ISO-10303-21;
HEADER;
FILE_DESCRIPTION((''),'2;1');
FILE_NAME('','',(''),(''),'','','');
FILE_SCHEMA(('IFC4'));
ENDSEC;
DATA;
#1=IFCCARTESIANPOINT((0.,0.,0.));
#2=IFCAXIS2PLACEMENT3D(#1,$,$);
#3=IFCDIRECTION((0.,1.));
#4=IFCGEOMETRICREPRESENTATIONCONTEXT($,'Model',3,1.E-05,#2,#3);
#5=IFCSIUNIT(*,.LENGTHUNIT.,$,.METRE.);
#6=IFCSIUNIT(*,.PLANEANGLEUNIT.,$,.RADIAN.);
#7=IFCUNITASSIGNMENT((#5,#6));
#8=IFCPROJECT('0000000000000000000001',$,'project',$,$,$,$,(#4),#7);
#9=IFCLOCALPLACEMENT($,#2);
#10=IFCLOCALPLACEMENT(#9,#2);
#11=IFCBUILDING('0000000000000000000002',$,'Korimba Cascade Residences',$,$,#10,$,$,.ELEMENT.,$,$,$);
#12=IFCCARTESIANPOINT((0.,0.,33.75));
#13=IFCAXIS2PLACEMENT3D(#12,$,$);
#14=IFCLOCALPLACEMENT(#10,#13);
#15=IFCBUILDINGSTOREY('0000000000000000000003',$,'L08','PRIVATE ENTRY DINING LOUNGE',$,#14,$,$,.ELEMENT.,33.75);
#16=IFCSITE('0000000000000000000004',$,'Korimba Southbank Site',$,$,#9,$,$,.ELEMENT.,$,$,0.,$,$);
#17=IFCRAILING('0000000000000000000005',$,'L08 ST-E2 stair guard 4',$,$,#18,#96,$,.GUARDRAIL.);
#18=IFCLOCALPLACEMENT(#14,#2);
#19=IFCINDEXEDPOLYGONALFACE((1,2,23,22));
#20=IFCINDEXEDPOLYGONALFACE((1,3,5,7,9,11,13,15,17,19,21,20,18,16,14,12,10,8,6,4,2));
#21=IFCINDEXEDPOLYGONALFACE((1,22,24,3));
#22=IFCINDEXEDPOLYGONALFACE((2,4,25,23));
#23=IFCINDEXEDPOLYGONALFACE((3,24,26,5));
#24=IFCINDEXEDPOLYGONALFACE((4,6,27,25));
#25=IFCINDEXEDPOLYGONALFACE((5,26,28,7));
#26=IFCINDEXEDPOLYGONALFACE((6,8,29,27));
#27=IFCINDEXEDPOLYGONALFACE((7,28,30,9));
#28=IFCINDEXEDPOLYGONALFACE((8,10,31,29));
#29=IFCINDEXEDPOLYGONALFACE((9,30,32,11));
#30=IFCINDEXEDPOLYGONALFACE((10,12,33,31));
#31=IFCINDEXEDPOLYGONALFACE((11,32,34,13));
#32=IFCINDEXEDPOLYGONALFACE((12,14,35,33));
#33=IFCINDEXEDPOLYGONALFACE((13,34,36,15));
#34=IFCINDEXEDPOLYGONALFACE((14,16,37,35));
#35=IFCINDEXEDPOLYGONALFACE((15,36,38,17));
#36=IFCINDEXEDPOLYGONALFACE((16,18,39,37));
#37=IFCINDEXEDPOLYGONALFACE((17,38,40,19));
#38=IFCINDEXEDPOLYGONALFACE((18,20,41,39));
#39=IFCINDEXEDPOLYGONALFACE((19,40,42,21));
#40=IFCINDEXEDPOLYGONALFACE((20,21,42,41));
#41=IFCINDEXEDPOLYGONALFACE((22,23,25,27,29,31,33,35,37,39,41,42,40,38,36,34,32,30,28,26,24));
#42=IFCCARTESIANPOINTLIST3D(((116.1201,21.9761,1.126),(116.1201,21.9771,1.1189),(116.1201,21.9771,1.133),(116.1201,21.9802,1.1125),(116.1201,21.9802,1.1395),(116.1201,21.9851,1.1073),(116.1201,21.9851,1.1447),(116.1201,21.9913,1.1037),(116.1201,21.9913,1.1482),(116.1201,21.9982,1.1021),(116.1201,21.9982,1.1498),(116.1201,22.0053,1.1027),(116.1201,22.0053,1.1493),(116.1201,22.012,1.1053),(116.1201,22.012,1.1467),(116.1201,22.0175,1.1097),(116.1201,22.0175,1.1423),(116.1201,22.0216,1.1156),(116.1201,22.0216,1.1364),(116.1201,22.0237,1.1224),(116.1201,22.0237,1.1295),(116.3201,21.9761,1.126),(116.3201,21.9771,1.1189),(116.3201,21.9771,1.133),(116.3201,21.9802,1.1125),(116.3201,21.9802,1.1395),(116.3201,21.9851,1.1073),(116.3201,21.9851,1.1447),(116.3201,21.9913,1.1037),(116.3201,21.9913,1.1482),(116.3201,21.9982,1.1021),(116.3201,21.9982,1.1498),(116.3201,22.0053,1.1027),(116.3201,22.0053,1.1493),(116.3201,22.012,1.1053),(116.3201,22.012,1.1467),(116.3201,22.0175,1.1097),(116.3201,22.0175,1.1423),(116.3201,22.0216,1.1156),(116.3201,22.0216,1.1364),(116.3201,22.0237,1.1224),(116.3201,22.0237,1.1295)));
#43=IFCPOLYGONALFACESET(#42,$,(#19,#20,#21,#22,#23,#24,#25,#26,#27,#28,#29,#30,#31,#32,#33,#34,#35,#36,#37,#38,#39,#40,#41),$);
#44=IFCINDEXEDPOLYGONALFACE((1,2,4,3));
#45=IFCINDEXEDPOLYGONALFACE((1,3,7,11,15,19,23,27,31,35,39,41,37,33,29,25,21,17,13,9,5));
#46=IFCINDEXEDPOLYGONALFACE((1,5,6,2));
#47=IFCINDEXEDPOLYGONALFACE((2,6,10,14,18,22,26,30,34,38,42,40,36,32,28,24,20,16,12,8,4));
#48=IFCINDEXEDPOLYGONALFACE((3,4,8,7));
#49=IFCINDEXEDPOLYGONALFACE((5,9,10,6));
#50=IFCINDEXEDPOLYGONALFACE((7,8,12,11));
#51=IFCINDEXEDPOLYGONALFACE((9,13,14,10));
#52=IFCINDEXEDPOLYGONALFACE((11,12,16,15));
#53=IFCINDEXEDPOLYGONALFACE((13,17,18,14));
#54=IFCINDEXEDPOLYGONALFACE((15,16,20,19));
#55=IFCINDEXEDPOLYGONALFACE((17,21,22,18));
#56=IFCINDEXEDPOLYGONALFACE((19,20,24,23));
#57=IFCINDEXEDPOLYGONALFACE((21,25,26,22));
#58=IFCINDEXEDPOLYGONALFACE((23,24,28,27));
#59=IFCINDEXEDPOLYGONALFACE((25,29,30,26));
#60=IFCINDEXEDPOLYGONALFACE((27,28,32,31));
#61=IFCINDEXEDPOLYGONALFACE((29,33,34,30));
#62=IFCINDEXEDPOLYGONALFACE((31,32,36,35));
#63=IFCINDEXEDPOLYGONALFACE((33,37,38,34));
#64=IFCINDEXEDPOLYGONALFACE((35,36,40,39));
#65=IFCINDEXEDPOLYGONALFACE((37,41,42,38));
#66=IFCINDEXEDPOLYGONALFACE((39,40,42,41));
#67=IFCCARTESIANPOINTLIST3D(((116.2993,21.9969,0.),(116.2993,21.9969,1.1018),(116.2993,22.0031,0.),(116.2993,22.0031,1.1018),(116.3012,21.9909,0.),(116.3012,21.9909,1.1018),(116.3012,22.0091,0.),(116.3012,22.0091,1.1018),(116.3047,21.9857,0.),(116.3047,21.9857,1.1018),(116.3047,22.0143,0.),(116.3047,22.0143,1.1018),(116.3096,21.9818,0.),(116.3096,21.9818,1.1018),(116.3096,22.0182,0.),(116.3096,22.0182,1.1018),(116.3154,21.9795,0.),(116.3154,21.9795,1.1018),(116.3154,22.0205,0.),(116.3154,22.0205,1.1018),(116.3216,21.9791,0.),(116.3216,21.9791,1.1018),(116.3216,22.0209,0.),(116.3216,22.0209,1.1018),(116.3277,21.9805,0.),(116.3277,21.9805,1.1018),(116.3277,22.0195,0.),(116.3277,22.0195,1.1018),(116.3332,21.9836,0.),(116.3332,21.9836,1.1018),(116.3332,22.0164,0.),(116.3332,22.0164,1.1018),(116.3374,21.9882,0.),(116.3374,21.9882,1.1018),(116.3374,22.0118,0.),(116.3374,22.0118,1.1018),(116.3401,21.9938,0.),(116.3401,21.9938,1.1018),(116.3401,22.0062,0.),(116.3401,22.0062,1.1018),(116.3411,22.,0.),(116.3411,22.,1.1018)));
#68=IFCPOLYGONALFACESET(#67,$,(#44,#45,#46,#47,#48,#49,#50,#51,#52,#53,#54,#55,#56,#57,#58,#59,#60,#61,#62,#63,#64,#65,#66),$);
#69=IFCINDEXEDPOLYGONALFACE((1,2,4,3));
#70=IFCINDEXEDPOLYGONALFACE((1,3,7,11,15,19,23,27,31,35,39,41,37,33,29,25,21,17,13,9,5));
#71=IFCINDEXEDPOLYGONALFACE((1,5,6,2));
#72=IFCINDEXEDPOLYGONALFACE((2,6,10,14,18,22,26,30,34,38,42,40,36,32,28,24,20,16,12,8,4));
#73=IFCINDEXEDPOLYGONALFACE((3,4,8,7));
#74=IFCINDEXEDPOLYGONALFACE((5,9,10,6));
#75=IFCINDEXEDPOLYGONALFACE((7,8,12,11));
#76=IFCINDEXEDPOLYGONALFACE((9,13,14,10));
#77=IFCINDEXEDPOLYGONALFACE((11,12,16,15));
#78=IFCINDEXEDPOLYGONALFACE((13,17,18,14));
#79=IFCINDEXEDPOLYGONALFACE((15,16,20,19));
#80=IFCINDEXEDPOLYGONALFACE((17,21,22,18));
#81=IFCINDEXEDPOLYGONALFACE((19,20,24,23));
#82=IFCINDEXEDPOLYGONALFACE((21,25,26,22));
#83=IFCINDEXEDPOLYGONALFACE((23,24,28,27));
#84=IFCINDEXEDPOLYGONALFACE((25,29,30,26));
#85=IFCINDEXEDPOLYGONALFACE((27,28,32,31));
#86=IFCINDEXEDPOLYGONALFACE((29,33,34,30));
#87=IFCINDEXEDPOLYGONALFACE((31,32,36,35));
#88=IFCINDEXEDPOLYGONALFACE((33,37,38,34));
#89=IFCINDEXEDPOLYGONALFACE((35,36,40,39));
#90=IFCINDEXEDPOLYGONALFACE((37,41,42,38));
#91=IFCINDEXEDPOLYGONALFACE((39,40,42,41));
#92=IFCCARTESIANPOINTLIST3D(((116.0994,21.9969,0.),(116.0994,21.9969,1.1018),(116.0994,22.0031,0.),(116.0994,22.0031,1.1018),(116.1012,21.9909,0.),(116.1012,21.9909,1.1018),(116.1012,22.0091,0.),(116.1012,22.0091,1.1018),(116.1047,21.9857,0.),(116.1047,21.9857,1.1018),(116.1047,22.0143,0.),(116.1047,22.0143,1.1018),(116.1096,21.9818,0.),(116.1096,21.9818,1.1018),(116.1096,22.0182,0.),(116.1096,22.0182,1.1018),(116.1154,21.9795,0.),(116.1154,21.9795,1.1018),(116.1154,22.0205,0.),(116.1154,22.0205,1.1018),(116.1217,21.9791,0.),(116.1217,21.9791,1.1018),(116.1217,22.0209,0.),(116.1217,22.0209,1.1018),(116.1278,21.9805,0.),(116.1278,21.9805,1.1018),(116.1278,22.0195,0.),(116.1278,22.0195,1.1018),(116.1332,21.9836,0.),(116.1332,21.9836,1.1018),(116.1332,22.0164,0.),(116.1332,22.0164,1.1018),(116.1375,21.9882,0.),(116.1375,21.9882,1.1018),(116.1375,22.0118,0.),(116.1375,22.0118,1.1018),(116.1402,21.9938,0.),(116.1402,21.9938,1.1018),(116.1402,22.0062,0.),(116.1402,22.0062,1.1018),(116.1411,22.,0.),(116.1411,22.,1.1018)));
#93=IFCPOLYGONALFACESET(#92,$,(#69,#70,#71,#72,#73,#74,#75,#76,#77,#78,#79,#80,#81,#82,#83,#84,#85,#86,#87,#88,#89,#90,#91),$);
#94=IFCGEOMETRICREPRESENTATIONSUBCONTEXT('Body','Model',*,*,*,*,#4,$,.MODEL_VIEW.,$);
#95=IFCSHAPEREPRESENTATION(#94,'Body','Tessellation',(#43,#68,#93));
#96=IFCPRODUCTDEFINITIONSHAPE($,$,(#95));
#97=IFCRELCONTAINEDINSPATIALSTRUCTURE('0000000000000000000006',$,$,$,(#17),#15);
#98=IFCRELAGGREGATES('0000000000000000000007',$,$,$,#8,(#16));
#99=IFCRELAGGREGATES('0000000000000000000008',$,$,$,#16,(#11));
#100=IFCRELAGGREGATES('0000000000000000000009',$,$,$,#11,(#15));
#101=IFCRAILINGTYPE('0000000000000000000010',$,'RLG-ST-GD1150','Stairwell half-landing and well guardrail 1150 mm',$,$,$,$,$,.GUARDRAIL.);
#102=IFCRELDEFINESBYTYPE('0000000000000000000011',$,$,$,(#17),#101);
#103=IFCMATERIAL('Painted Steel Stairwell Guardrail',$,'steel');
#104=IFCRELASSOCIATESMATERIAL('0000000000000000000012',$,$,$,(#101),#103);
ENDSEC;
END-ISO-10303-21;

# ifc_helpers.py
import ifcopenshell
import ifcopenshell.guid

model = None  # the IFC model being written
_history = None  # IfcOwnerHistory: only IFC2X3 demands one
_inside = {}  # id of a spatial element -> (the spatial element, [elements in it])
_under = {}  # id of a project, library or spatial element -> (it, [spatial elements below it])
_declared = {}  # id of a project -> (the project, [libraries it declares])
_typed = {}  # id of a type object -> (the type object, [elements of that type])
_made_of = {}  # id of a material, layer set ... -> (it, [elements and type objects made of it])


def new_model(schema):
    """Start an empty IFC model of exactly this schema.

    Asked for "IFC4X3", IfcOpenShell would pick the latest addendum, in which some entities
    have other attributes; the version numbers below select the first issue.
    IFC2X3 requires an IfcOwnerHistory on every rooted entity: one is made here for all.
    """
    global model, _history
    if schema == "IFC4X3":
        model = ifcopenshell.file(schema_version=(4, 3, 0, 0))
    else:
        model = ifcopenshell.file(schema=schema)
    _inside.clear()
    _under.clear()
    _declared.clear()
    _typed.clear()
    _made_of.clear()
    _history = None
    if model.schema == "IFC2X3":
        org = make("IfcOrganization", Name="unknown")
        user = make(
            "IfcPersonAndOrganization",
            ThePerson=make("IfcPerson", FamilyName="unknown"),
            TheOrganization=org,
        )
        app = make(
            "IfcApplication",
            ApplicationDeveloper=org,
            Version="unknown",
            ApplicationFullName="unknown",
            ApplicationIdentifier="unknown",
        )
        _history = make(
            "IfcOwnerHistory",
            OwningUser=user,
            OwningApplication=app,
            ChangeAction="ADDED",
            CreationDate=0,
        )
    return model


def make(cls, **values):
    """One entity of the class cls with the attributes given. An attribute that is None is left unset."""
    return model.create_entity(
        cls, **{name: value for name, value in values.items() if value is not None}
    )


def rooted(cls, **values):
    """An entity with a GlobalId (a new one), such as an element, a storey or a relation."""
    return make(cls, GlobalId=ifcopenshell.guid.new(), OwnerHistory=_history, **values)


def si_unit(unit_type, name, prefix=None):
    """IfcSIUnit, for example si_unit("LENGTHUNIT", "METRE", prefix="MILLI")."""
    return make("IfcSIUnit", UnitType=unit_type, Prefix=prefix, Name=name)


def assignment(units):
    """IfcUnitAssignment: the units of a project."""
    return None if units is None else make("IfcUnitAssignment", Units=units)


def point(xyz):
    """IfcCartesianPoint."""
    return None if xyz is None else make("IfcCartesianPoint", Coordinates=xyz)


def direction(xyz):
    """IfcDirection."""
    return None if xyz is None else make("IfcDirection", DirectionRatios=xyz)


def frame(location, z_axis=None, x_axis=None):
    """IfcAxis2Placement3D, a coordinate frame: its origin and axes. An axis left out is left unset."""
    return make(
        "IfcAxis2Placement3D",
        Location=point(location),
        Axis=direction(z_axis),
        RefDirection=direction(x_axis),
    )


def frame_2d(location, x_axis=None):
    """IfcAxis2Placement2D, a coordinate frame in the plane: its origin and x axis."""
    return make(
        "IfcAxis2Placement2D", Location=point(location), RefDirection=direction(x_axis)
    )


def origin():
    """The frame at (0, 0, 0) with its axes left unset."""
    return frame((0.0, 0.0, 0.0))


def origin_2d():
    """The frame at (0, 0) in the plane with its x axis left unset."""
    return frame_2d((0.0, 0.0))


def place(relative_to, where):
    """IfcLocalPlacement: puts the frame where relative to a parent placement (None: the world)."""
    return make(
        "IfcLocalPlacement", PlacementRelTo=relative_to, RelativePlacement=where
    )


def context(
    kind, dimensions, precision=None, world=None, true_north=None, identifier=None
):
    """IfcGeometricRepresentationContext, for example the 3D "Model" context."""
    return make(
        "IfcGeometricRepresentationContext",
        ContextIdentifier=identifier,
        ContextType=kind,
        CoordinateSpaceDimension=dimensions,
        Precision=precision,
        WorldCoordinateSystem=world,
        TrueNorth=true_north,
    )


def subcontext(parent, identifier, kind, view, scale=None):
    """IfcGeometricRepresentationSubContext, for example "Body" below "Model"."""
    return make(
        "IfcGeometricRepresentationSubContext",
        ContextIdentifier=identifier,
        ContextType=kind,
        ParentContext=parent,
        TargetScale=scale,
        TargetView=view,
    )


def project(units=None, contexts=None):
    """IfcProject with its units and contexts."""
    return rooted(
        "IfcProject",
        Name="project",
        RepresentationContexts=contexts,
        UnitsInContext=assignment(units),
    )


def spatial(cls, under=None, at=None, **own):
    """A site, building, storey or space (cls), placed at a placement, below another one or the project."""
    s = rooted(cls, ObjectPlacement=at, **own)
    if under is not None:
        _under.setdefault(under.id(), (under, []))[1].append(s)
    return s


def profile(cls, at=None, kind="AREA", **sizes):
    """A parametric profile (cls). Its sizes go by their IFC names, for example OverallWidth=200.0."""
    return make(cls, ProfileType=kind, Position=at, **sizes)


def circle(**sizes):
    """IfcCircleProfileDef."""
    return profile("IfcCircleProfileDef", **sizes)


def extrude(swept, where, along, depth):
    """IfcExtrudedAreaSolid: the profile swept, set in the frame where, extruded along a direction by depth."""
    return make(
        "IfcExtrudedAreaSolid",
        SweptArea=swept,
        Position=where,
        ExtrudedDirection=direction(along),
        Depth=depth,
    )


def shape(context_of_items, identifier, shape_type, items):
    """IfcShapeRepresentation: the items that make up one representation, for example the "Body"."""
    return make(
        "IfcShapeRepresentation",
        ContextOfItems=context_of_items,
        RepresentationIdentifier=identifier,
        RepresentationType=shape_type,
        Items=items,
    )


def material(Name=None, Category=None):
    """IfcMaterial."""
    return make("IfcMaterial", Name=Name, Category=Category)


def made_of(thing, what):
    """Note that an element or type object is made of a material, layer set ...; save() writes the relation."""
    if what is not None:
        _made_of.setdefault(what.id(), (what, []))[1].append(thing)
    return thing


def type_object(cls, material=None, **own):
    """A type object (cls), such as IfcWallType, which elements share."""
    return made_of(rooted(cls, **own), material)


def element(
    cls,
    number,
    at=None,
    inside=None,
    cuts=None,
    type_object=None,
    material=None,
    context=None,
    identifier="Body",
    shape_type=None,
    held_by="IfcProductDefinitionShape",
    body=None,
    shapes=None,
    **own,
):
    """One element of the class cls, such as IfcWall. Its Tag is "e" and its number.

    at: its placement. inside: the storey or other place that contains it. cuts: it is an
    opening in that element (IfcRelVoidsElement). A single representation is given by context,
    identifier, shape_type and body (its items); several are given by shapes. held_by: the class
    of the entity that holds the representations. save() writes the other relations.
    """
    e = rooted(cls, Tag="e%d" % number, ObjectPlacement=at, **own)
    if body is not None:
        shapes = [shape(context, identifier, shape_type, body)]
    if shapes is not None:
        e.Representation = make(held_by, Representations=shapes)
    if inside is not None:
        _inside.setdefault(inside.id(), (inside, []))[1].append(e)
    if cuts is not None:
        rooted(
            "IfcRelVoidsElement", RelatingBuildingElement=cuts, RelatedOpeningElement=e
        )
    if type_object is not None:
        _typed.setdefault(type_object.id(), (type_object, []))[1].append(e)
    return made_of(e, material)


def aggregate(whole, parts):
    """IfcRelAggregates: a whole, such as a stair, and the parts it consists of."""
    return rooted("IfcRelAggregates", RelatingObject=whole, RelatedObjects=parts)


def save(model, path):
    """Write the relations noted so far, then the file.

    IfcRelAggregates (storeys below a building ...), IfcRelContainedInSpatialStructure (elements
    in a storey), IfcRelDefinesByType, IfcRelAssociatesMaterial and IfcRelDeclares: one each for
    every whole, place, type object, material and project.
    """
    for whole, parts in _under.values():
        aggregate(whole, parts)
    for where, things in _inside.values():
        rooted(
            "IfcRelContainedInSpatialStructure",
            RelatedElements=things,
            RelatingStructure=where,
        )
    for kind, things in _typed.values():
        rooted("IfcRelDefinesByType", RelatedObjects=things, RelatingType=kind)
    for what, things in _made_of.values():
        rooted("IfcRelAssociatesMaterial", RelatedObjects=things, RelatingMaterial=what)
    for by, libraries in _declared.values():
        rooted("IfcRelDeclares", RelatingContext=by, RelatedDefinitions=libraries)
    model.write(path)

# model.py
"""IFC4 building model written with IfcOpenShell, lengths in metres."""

from ifc_helpers import new_model, si_unit, direction, frame, origin, origin_2d, place, context, subcontext, project, spatial, circle, extrude, material, type_object, element, save


model = new_model("IFC4")

# Units and contexts
model_context = context("Model", 3, precision=1e-05, world=origin(), true_north=direction((0.0, 1.0)))
body_context = subcontext(model_context, "Body", "Model", "MODEL_VIEW")
ifc_project = project(units=[si_unit("LENGTHUNIT", "METRE"), si_unit("PLANEANGLEUNIT", "RADIAN")], contexts=[model_context])

# Site, building, storey
site_placement = place(None, origin())
site = spatial("IfcSite", under=ifc_project, at=site_placement, Name="Korimba Southbank Site", CompositionType="ELEMENT", RefElevation=0.0)
building_placement = place(site_placement, origin())
building = spatial("IfcBuilding", under=site, at=building_placement, Name="Korimba Cascade Residences", CompositionType="ELEMENT")
storey_placement = place(building_placement, frame((0.0, 0.0, 33.75)))
storey = spatial("IfcBuildingStorey", under=building, at=storey_placement, Name="L08", Description="PRIVATE ENTRY DINING LOUNGE", CompositionType="ELEMENT", Elevation=33.75)

# Railing
ifc_material_1 = material(Name="Painted Steel Stairwell Guardrail", Category="steel")
railing_type_1 = type_object("IfcRailingType", Name="RLG-ST-GD1150", Description="Stairwell half-landing and well guardrail 1150 mm", PredefinedType="GUARDRAIL", material=ifc_material_1)
railing_1_placement = place(storey_placement, frame((116.3201, 22.0, 0.0)))
element("IfcRailing", 1, at=railing_1_placement, inside=storey, type_object=railing_type_1, Name="L08 ST-E2 stair guard 4", PredefinedType="GUARDRAIL", context=body_context, shape_type="SweptSolid", body=[
    extrude(circle(Radius=0.0239, at=origin_2d()), frame((0.0, 0.0, 1.126), z_axis=(-1.0, 0.0, 0.0), x_axis=(0.0, -1.0, 0.0)), (0.0, 0.0, 1.0), 0.2),
    extrude(circle(Radius=0.021, at=origin_2d()), origin(), (0.0, 0.0, 1.0), 1.1018),
    extrude(circle(Radius=0.021, at=origin_2d()), frame((-0.2, 0.0, 0.0)), (0.0, 0.0, 1.0), 1.1018),
])

save(model, "model.ifc")
